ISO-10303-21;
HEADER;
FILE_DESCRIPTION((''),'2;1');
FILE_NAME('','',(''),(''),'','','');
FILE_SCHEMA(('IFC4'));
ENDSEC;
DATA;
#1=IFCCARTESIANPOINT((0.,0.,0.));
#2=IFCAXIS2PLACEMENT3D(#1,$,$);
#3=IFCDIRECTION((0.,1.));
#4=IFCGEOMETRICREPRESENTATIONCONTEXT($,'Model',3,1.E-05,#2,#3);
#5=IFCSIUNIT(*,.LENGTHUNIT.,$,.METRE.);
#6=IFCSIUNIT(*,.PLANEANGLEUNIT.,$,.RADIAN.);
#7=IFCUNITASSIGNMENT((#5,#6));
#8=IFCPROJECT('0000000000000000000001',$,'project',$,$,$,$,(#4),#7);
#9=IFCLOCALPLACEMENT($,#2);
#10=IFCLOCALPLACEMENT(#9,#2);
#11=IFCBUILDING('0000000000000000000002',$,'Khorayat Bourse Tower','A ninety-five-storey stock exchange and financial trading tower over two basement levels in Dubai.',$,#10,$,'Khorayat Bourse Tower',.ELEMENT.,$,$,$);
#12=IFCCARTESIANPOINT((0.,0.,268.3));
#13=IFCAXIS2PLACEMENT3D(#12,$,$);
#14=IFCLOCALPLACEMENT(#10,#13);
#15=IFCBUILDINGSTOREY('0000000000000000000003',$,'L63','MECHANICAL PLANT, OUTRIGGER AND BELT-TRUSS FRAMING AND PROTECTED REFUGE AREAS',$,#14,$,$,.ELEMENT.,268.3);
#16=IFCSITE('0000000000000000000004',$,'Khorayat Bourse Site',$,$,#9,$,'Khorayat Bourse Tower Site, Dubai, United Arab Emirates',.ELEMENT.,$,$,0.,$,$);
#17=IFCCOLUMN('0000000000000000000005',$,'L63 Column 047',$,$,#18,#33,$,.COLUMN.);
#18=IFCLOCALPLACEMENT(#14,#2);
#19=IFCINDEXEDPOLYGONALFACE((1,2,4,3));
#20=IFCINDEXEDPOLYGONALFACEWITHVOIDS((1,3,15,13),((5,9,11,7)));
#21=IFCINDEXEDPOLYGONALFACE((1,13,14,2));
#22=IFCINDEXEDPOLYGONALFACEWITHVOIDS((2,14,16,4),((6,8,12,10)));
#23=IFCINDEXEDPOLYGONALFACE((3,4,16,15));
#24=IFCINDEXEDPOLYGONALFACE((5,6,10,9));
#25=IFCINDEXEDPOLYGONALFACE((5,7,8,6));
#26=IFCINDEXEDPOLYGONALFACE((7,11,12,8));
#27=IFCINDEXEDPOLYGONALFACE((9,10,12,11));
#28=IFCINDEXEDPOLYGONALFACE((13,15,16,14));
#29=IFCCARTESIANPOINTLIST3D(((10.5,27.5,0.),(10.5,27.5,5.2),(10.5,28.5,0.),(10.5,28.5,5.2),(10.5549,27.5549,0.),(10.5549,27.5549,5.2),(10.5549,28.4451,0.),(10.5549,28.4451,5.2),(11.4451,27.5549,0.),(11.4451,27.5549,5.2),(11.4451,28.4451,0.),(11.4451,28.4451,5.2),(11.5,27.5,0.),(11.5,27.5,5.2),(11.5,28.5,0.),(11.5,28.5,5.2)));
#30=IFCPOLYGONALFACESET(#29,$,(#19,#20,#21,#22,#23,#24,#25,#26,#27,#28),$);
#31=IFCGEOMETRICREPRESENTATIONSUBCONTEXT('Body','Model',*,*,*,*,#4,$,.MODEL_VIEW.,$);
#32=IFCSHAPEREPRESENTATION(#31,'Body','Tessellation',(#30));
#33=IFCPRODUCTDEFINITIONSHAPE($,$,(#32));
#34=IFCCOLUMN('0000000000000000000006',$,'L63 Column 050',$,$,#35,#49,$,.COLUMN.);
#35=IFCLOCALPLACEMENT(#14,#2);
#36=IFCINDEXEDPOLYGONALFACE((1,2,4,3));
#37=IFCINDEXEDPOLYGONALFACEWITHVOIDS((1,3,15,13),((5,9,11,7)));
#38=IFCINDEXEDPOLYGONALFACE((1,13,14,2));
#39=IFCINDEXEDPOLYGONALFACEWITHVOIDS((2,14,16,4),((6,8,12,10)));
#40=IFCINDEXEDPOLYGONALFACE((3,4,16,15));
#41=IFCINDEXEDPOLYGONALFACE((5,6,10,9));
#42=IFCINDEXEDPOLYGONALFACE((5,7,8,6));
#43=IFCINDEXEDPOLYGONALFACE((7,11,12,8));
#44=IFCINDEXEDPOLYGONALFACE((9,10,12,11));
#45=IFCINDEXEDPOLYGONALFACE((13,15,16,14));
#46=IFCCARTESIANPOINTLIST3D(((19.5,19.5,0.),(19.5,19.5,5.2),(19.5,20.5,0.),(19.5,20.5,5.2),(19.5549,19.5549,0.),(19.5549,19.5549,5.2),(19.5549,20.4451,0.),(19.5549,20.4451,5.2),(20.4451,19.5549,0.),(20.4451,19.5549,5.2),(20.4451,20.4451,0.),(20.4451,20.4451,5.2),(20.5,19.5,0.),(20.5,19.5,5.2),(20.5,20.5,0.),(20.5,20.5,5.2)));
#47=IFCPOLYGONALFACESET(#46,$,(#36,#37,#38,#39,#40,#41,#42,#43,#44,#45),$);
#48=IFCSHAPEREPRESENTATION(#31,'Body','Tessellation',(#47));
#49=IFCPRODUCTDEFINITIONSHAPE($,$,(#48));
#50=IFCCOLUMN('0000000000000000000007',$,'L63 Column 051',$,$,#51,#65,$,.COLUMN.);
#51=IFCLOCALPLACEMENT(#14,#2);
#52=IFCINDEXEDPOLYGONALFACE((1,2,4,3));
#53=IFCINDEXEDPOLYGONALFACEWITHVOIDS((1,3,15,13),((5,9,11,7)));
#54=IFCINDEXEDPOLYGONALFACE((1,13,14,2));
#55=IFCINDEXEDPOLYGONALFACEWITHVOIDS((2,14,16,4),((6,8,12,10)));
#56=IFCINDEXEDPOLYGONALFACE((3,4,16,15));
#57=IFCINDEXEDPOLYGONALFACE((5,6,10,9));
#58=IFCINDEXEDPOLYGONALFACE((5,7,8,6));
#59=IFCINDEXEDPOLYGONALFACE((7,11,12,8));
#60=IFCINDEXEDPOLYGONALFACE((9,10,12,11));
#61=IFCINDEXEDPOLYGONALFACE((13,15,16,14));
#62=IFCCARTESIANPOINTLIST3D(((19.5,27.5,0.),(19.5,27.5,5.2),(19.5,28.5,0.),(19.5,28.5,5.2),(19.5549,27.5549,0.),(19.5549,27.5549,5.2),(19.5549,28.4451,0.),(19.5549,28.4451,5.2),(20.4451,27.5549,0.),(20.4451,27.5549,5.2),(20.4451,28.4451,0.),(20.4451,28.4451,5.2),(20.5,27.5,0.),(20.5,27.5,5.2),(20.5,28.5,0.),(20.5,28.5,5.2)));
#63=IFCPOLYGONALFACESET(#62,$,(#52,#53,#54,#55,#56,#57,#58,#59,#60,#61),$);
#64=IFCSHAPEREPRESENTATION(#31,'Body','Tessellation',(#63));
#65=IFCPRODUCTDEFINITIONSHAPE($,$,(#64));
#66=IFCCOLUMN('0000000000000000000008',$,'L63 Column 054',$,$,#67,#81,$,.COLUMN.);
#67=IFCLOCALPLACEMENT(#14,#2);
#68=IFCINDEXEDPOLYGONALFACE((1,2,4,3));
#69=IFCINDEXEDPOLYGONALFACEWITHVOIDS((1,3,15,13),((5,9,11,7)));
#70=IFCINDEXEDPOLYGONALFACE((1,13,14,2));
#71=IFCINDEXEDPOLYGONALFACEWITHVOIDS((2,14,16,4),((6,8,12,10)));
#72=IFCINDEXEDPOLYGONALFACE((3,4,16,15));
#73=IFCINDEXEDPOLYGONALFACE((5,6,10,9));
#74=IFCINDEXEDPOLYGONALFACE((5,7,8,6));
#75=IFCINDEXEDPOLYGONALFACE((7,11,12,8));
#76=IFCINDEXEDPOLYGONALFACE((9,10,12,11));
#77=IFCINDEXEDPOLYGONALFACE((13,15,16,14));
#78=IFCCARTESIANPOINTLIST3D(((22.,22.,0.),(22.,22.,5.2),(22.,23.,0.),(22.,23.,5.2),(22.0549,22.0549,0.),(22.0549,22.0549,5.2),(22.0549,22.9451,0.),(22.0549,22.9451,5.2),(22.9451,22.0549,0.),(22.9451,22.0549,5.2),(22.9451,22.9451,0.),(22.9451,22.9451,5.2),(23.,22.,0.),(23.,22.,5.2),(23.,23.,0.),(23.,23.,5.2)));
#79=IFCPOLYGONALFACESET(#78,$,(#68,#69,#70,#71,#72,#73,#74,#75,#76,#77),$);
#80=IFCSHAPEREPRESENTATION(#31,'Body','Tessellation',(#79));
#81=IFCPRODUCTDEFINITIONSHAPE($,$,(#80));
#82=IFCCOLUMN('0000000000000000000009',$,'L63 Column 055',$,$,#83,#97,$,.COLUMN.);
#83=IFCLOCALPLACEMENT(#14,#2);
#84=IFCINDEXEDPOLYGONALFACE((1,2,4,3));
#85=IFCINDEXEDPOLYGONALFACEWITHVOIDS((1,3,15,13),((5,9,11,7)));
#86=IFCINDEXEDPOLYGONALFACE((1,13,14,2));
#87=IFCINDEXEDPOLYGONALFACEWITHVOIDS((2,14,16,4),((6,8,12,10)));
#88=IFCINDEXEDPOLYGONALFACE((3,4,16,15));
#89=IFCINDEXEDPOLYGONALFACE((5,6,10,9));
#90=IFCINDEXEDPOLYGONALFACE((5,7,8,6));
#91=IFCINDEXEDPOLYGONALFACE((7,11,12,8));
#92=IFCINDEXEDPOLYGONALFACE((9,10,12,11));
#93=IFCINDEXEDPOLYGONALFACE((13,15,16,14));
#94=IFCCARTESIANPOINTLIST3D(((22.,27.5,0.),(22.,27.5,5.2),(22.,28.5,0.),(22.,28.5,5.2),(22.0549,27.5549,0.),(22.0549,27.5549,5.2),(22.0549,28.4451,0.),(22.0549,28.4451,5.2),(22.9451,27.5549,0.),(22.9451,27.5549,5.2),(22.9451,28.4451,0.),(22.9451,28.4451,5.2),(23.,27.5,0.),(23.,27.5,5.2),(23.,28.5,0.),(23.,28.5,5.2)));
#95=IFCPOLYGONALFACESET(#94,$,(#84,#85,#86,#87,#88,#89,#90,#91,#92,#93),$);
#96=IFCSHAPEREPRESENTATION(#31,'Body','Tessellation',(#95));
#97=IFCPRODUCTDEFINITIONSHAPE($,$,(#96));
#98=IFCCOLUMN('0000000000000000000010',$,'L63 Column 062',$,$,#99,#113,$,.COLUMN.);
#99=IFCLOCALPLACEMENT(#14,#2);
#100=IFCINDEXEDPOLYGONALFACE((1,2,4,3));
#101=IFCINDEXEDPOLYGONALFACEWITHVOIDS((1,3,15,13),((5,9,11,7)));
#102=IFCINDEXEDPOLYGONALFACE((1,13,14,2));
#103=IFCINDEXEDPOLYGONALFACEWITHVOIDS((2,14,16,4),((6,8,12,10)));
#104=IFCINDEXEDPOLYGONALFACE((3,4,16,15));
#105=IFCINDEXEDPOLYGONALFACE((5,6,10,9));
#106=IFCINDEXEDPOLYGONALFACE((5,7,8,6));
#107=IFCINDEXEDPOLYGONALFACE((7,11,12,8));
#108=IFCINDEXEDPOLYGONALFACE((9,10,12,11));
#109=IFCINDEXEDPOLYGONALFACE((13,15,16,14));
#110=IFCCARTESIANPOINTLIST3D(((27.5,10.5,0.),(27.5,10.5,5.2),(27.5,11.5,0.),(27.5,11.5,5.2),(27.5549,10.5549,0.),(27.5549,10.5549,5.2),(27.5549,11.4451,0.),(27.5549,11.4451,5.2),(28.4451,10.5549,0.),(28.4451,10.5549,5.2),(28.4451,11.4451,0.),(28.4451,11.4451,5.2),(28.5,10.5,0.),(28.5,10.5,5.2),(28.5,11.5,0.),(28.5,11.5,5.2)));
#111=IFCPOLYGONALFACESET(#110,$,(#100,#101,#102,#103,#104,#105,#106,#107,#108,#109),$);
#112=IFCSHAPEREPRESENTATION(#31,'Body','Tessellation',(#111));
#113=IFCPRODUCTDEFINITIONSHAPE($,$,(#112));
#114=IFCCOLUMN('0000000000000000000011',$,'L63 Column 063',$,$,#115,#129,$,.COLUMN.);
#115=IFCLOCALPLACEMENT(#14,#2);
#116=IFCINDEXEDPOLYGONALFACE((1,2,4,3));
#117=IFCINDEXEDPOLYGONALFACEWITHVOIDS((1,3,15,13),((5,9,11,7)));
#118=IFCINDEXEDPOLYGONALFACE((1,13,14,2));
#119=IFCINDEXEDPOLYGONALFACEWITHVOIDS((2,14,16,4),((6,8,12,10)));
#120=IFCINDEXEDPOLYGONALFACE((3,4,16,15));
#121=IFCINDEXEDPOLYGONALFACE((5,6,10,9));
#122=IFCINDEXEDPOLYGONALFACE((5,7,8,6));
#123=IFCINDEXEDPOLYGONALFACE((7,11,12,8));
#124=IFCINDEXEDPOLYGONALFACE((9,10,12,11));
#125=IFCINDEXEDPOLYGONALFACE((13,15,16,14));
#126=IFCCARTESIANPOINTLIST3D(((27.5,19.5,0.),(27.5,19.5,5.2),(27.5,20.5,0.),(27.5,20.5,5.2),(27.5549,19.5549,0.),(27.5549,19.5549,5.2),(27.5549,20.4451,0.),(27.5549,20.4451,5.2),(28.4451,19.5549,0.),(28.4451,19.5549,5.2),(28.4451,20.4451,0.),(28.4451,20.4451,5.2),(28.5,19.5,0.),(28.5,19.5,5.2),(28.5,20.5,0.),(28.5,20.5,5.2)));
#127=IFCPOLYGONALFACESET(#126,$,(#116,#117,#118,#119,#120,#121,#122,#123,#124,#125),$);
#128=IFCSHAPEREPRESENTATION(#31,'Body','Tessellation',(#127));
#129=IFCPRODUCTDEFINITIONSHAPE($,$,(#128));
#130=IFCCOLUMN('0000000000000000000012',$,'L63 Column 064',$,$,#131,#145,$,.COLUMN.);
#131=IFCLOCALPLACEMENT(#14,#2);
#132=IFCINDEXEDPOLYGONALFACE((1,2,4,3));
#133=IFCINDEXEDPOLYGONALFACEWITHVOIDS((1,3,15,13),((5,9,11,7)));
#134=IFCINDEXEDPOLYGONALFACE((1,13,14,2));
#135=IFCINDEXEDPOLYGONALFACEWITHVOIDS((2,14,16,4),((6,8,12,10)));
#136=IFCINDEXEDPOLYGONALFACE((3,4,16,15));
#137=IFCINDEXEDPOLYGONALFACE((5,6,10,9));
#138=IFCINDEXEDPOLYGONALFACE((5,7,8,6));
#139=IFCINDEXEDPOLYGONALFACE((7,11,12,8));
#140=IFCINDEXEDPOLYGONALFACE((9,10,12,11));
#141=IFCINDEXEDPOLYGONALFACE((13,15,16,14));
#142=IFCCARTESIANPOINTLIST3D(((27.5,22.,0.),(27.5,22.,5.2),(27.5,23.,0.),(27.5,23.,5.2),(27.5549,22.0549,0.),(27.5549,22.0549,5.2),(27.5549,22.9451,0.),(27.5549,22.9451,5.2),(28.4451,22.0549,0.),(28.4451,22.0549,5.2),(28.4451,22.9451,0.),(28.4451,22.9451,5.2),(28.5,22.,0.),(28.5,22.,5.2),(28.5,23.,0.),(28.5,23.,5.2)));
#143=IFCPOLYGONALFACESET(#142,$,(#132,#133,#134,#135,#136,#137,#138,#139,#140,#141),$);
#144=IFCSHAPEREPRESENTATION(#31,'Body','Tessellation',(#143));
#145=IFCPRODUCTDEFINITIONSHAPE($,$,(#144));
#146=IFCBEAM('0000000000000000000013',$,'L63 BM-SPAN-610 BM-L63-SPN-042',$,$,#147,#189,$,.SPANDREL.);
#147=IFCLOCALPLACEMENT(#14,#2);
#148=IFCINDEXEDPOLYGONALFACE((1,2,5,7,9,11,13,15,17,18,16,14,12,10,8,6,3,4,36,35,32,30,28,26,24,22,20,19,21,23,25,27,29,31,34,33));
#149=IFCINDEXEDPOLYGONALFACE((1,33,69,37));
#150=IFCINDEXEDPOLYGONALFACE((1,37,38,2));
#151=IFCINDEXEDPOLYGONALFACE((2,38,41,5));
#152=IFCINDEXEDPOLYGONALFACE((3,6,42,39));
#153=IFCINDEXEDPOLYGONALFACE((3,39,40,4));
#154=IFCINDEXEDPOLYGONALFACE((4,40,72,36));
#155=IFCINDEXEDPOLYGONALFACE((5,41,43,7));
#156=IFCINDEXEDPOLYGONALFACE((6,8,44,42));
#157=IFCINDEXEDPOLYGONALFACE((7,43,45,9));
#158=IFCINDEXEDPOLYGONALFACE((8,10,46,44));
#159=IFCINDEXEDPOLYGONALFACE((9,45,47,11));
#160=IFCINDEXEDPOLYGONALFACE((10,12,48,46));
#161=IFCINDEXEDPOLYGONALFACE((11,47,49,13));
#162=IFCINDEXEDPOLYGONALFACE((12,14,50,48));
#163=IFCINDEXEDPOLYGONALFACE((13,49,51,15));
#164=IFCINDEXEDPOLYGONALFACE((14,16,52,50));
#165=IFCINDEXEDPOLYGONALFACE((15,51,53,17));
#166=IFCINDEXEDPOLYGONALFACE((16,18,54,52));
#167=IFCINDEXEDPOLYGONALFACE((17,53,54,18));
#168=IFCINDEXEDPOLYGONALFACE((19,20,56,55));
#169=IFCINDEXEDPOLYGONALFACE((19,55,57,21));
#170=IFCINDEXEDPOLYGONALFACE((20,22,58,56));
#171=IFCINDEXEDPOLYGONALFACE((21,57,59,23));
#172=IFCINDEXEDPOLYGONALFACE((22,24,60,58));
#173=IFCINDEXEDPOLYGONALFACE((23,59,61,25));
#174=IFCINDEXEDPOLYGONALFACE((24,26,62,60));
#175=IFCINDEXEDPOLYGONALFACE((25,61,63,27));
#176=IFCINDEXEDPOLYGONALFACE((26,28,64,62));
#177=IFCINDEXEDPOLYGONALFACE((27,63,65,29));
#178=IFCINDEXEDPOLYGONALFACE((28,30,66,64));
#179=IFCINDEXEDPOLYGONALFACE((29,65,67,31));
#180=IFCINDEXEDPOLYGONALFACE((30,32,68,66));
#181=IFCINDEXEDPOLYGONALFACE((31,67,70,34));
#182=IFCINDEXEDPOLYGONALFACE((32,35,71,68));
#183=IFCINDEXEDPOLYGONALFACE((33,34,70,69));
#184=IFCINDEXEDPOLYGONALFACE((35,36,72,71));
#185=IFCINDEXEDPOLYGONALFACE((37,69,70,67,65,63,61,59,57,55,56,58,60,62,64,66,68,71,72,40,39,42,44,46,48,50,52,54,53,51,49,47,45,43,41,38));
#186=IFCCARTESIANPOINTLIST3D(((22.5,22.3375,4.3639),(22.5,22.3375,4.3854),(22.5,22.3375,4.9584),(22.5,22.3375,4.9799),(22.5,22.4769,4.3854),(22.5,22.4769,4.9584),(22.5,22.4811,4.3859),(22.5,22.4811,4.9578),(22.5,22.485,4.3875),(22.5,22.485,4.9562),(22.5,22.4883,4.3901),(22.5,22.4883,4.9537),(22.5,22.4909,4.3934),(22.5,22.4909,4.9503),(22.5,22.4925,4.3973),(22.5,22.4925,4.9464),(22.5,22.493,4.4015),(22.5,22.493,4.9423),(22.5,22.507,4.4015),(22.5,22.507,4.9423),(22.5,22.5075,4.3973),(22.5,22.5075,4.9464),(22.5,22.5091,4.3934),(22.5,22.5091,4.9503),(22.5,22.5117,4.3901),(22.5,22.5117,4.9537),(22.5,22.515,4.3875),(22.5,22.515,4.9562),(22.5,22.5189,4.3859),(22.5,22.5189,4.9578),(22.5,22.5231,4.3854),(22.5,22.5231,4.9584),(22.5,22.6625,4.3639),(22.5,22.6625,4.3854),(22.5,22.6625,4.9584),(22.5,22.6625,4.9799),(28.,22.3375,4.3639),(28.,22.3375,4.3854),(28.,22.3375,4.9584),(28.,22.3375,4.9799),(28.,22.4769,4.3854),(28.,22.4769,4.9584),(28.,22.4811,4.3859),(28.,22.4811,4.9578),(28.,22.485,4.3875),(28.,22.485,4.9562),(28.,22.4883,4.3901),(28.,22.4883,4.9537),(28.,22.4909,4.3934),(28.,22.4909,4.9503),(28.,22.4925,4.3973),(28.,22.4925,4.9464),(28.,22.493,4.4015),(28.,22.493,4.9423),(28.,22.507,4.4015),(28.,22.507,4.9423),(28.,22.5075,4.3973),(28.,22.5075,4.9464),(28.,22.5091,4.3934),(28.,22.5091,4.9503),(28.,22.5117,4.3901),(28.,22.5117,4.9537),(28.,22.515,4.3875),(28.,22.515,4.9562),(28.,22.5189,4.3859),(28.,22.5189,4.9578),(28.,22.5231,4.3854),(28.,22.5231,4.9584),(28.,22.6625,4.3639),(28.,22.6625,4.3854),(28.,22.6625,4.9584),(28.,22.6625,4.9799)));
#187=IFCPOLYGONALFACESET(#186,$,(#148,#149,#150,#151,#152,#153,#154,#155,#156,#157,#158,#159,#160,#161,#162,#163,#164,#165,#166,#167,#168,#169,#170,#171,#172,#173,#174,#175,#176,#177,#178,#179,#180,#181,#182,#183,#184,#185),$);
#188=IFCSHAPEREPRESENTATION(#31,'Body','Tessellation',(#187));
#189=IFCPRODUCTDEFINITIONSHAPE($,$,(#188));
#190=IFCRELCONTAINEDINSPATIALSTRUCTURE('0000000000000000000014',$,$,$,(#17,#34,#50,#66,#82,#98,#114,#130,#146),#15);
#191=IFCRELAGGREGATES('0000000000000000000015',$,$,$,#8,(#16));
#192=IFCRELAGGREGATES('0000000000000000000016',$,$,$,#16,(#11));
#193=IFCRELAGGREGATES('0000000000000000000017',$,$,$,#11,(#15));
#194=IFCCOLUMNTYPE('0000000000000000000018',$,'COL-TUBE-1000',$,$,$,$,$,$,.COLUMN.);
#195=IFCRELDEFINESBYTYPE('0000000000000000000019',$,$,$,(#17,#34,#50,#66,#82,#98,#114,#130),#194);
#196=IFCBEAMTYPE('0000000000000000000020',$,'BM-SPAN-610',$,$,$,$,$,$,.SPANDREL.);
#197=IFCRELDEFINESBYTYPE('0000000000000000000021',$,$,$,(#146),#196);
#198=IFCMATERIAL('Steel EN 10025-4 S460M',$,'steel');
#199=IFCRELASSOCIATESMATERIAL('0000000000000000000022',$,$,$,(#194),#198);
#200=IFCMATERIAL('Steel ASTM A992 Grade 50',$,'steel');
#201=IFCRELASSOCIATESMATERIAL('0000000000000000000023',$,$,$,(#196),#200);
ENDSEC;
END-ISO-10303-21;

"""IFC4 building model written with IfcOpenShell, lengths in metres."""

from ifc_helpers import new_model, si_unit, direction, frame, origin, origin_2d, place, context, subcontext, project, spatial, hollow_rectangle, i_section, extrude, source, transform, mapped, material, material_profile, profile_set, type_object, element, save


model = new_model("IFC4")

# Units and contexts
model_context = context("Model", 3, precision=1e-05, world=origin(), true_north=direction((0.0, 1.0)))
body_context = subcontext(model_context, "Body", "Model", "MODEL_VIEW")
ifc_project = project(units=[si_unit("LENGTHUNIT", "METRE"), si_unit("PLANEANGLEUNIT", "RADIAN")], contexts=[model_context])

# Site, building, storey
site_placement = place(None, origin())
site = spatial("IfcSite", under=ifc_project, at=site_placement, Name="Khorayat Bourse Site", LongName="Khorayat Bourse Tower Site, Dubai, United Arab Emirates", CompositionType="ELEMENT", RefElevation=0.0)
building_placement = place(site_placement, origin())
building = spatial("IfcBuilding", under=site, at=building_placement, Name="Khorayat Bourse Tower", Description="A ninety-five-storey stock exchange and financial trading tower over two basement levels in Dubai.", LongName="Khorayat Bourse Tower", CompositionType="ELEMENT")
storey_placement = place(building_placement, frame((0.0, 0.0, 268.3)))
storey = spatial("IfcBuildingStorey", under=building, at=storey_placement, Name="L63", Description="MECHANICAL PLANT, OUTRIGGER AND BELT-TRUSS FRAMING AND PROTECTED REFUGE AREAS", CompositionType="ELEMENT", Elevation=268.3)

# Columns
ifc_material_1 = material(Name="Steel EN 10025-4 S460M", Category="steel")
ifc_material_profile_1 = material_profile(ifc_material_1, hollow_rectangle(XDim=1.0, YDim=1.0, WallThickness=0.0549, at=origin_2d()), Name="BOX 1000x1000x55")
ifc_profile_set_1 = profile_set([ifc_material_profile_1], Name="Steel EN 10025-4 S460M")
column_type = type_object("IfcColumnType", Name="COL-TUBE-1000", PredefinedType="COLUMN", material=ifc_profile_set_1)
shared_shape_1 = source(origin(), body_context, "Body", "SweptSolid", [
    extrude(hollow_rectangle(XDim=1.0, YDim=1.0, WallThickness=0.0549, at=origin_2d()), origin(), (0.0, 0.0, 1.0), 5.2),
])
for number, where, z_axis, x_axis, name in (
    (1, (11.0, 28.0, 0.0), (0.0, 0.0, 1.0), (1.0, 0.0, 0.0), "L63 Column 047"),
    (2, (20.0, 20.0, 0.0), (0.0, 0.0, 1.0), (1.0, 0.0, 0.0), "L63 Column 050"),
    (3, (20.0, 28.0, 0.0), (0.0, 0.0, 1.0), (1.0, 0.0, 0.0), "L63 Column 051"),
    (4, (22.5, 22.5, 0.0), (0.0, 0.0, 1.0), (1.0, 0.0, 0.0), "L63 Column 054"),
    (5, (22.5, 28.0, 0.0), (0.0, 0.0, 1.0), (1.0, 0.0, 0.0), "L63 Column 055"),
    (6, (28.0, 11.0, 0.0), (0.0, 0.0, 1.0), (1.0, 0.0, 0.0), "L63 Column 062"),
    (7, (28.0, 20.0, 0.0), (0.0, 0.0, 1.0), (1.0, 0.0, 0.0), "L63 Column 063"),
    (8, (28.0, 22.5, 0.0), (0.0, 0.0, 1.0), (1.0, 0.0, 0.0), "L63 Column 064"),
):
    element("IfcColumn", number, at=place(storey_placement, frame(where, z_axis=z_axis, x_axis=x_axis)), inside=storey, type_object=column_type, Name=name, PredefinedType="COLUMN", context=body_context, shape_type="MappedRepresentation", body=[
        mapped(shared_shape_1, transform((0.0, 0.0, 0.0), scale=1.0)),
    ])

# Beam
ifc_material_2 = material(Name="Steel ASTM A992 Grade 50", Category="steel")
ifc_material_profile_2 = material_profile(ifc_material_2, i_section(OverallWidth=0.325, OverallDepth=0.616, WebThickness=0.0139, FlangeThickness=0.0215, FilletRadius=0.0161, at=origin_2d()), Name="W610X174")
ifc_profile_set_2 = profile_set([ifc_material_profile_2], Name="Steel ASTM A992 Grade 50")
beam_type_1 = type_object("IfcBeamType", Name="BM-SPAN-610", PredefinedType="SPANDREL", material=ifc_profile_set_2)
shared_shape_2 = source(origin(), body_context, "Body", "SweptSolid", [
    extrude(i_section(OverallWidth=0.325, OverallDepth=0.616, WebThickness=0.0139, FlangeThickness=0.0215, FilletRadius=0.0161, at=origin_2d()), origin(), (0.0, 0.0, 1.0), 5.5),
])
for number, where, z_axis, x_axis, name in (
    (9, (22.5, 22.5, 4.6719), (1.0, 0.0, 0.0), (0.0, 1.0, 0.0), "L63 BM-SPAN-610 BM-L63-SPN-042"),
):
    element("IfcBeam", number, at=place(storey_placement, frame(where, z_axis=z_axis, x_axis=x_axis)), inside=storey, type_object=beam_type_1, Name=name, PredefinedType="SPANDREL", context=body_context, shape_type="MappedRepresentation", body=[
        mapped(shared_shape_2, transform((0.0, 0.0, 0.0), scale=1.0)),
    ])

save(model, "model.ifc")
